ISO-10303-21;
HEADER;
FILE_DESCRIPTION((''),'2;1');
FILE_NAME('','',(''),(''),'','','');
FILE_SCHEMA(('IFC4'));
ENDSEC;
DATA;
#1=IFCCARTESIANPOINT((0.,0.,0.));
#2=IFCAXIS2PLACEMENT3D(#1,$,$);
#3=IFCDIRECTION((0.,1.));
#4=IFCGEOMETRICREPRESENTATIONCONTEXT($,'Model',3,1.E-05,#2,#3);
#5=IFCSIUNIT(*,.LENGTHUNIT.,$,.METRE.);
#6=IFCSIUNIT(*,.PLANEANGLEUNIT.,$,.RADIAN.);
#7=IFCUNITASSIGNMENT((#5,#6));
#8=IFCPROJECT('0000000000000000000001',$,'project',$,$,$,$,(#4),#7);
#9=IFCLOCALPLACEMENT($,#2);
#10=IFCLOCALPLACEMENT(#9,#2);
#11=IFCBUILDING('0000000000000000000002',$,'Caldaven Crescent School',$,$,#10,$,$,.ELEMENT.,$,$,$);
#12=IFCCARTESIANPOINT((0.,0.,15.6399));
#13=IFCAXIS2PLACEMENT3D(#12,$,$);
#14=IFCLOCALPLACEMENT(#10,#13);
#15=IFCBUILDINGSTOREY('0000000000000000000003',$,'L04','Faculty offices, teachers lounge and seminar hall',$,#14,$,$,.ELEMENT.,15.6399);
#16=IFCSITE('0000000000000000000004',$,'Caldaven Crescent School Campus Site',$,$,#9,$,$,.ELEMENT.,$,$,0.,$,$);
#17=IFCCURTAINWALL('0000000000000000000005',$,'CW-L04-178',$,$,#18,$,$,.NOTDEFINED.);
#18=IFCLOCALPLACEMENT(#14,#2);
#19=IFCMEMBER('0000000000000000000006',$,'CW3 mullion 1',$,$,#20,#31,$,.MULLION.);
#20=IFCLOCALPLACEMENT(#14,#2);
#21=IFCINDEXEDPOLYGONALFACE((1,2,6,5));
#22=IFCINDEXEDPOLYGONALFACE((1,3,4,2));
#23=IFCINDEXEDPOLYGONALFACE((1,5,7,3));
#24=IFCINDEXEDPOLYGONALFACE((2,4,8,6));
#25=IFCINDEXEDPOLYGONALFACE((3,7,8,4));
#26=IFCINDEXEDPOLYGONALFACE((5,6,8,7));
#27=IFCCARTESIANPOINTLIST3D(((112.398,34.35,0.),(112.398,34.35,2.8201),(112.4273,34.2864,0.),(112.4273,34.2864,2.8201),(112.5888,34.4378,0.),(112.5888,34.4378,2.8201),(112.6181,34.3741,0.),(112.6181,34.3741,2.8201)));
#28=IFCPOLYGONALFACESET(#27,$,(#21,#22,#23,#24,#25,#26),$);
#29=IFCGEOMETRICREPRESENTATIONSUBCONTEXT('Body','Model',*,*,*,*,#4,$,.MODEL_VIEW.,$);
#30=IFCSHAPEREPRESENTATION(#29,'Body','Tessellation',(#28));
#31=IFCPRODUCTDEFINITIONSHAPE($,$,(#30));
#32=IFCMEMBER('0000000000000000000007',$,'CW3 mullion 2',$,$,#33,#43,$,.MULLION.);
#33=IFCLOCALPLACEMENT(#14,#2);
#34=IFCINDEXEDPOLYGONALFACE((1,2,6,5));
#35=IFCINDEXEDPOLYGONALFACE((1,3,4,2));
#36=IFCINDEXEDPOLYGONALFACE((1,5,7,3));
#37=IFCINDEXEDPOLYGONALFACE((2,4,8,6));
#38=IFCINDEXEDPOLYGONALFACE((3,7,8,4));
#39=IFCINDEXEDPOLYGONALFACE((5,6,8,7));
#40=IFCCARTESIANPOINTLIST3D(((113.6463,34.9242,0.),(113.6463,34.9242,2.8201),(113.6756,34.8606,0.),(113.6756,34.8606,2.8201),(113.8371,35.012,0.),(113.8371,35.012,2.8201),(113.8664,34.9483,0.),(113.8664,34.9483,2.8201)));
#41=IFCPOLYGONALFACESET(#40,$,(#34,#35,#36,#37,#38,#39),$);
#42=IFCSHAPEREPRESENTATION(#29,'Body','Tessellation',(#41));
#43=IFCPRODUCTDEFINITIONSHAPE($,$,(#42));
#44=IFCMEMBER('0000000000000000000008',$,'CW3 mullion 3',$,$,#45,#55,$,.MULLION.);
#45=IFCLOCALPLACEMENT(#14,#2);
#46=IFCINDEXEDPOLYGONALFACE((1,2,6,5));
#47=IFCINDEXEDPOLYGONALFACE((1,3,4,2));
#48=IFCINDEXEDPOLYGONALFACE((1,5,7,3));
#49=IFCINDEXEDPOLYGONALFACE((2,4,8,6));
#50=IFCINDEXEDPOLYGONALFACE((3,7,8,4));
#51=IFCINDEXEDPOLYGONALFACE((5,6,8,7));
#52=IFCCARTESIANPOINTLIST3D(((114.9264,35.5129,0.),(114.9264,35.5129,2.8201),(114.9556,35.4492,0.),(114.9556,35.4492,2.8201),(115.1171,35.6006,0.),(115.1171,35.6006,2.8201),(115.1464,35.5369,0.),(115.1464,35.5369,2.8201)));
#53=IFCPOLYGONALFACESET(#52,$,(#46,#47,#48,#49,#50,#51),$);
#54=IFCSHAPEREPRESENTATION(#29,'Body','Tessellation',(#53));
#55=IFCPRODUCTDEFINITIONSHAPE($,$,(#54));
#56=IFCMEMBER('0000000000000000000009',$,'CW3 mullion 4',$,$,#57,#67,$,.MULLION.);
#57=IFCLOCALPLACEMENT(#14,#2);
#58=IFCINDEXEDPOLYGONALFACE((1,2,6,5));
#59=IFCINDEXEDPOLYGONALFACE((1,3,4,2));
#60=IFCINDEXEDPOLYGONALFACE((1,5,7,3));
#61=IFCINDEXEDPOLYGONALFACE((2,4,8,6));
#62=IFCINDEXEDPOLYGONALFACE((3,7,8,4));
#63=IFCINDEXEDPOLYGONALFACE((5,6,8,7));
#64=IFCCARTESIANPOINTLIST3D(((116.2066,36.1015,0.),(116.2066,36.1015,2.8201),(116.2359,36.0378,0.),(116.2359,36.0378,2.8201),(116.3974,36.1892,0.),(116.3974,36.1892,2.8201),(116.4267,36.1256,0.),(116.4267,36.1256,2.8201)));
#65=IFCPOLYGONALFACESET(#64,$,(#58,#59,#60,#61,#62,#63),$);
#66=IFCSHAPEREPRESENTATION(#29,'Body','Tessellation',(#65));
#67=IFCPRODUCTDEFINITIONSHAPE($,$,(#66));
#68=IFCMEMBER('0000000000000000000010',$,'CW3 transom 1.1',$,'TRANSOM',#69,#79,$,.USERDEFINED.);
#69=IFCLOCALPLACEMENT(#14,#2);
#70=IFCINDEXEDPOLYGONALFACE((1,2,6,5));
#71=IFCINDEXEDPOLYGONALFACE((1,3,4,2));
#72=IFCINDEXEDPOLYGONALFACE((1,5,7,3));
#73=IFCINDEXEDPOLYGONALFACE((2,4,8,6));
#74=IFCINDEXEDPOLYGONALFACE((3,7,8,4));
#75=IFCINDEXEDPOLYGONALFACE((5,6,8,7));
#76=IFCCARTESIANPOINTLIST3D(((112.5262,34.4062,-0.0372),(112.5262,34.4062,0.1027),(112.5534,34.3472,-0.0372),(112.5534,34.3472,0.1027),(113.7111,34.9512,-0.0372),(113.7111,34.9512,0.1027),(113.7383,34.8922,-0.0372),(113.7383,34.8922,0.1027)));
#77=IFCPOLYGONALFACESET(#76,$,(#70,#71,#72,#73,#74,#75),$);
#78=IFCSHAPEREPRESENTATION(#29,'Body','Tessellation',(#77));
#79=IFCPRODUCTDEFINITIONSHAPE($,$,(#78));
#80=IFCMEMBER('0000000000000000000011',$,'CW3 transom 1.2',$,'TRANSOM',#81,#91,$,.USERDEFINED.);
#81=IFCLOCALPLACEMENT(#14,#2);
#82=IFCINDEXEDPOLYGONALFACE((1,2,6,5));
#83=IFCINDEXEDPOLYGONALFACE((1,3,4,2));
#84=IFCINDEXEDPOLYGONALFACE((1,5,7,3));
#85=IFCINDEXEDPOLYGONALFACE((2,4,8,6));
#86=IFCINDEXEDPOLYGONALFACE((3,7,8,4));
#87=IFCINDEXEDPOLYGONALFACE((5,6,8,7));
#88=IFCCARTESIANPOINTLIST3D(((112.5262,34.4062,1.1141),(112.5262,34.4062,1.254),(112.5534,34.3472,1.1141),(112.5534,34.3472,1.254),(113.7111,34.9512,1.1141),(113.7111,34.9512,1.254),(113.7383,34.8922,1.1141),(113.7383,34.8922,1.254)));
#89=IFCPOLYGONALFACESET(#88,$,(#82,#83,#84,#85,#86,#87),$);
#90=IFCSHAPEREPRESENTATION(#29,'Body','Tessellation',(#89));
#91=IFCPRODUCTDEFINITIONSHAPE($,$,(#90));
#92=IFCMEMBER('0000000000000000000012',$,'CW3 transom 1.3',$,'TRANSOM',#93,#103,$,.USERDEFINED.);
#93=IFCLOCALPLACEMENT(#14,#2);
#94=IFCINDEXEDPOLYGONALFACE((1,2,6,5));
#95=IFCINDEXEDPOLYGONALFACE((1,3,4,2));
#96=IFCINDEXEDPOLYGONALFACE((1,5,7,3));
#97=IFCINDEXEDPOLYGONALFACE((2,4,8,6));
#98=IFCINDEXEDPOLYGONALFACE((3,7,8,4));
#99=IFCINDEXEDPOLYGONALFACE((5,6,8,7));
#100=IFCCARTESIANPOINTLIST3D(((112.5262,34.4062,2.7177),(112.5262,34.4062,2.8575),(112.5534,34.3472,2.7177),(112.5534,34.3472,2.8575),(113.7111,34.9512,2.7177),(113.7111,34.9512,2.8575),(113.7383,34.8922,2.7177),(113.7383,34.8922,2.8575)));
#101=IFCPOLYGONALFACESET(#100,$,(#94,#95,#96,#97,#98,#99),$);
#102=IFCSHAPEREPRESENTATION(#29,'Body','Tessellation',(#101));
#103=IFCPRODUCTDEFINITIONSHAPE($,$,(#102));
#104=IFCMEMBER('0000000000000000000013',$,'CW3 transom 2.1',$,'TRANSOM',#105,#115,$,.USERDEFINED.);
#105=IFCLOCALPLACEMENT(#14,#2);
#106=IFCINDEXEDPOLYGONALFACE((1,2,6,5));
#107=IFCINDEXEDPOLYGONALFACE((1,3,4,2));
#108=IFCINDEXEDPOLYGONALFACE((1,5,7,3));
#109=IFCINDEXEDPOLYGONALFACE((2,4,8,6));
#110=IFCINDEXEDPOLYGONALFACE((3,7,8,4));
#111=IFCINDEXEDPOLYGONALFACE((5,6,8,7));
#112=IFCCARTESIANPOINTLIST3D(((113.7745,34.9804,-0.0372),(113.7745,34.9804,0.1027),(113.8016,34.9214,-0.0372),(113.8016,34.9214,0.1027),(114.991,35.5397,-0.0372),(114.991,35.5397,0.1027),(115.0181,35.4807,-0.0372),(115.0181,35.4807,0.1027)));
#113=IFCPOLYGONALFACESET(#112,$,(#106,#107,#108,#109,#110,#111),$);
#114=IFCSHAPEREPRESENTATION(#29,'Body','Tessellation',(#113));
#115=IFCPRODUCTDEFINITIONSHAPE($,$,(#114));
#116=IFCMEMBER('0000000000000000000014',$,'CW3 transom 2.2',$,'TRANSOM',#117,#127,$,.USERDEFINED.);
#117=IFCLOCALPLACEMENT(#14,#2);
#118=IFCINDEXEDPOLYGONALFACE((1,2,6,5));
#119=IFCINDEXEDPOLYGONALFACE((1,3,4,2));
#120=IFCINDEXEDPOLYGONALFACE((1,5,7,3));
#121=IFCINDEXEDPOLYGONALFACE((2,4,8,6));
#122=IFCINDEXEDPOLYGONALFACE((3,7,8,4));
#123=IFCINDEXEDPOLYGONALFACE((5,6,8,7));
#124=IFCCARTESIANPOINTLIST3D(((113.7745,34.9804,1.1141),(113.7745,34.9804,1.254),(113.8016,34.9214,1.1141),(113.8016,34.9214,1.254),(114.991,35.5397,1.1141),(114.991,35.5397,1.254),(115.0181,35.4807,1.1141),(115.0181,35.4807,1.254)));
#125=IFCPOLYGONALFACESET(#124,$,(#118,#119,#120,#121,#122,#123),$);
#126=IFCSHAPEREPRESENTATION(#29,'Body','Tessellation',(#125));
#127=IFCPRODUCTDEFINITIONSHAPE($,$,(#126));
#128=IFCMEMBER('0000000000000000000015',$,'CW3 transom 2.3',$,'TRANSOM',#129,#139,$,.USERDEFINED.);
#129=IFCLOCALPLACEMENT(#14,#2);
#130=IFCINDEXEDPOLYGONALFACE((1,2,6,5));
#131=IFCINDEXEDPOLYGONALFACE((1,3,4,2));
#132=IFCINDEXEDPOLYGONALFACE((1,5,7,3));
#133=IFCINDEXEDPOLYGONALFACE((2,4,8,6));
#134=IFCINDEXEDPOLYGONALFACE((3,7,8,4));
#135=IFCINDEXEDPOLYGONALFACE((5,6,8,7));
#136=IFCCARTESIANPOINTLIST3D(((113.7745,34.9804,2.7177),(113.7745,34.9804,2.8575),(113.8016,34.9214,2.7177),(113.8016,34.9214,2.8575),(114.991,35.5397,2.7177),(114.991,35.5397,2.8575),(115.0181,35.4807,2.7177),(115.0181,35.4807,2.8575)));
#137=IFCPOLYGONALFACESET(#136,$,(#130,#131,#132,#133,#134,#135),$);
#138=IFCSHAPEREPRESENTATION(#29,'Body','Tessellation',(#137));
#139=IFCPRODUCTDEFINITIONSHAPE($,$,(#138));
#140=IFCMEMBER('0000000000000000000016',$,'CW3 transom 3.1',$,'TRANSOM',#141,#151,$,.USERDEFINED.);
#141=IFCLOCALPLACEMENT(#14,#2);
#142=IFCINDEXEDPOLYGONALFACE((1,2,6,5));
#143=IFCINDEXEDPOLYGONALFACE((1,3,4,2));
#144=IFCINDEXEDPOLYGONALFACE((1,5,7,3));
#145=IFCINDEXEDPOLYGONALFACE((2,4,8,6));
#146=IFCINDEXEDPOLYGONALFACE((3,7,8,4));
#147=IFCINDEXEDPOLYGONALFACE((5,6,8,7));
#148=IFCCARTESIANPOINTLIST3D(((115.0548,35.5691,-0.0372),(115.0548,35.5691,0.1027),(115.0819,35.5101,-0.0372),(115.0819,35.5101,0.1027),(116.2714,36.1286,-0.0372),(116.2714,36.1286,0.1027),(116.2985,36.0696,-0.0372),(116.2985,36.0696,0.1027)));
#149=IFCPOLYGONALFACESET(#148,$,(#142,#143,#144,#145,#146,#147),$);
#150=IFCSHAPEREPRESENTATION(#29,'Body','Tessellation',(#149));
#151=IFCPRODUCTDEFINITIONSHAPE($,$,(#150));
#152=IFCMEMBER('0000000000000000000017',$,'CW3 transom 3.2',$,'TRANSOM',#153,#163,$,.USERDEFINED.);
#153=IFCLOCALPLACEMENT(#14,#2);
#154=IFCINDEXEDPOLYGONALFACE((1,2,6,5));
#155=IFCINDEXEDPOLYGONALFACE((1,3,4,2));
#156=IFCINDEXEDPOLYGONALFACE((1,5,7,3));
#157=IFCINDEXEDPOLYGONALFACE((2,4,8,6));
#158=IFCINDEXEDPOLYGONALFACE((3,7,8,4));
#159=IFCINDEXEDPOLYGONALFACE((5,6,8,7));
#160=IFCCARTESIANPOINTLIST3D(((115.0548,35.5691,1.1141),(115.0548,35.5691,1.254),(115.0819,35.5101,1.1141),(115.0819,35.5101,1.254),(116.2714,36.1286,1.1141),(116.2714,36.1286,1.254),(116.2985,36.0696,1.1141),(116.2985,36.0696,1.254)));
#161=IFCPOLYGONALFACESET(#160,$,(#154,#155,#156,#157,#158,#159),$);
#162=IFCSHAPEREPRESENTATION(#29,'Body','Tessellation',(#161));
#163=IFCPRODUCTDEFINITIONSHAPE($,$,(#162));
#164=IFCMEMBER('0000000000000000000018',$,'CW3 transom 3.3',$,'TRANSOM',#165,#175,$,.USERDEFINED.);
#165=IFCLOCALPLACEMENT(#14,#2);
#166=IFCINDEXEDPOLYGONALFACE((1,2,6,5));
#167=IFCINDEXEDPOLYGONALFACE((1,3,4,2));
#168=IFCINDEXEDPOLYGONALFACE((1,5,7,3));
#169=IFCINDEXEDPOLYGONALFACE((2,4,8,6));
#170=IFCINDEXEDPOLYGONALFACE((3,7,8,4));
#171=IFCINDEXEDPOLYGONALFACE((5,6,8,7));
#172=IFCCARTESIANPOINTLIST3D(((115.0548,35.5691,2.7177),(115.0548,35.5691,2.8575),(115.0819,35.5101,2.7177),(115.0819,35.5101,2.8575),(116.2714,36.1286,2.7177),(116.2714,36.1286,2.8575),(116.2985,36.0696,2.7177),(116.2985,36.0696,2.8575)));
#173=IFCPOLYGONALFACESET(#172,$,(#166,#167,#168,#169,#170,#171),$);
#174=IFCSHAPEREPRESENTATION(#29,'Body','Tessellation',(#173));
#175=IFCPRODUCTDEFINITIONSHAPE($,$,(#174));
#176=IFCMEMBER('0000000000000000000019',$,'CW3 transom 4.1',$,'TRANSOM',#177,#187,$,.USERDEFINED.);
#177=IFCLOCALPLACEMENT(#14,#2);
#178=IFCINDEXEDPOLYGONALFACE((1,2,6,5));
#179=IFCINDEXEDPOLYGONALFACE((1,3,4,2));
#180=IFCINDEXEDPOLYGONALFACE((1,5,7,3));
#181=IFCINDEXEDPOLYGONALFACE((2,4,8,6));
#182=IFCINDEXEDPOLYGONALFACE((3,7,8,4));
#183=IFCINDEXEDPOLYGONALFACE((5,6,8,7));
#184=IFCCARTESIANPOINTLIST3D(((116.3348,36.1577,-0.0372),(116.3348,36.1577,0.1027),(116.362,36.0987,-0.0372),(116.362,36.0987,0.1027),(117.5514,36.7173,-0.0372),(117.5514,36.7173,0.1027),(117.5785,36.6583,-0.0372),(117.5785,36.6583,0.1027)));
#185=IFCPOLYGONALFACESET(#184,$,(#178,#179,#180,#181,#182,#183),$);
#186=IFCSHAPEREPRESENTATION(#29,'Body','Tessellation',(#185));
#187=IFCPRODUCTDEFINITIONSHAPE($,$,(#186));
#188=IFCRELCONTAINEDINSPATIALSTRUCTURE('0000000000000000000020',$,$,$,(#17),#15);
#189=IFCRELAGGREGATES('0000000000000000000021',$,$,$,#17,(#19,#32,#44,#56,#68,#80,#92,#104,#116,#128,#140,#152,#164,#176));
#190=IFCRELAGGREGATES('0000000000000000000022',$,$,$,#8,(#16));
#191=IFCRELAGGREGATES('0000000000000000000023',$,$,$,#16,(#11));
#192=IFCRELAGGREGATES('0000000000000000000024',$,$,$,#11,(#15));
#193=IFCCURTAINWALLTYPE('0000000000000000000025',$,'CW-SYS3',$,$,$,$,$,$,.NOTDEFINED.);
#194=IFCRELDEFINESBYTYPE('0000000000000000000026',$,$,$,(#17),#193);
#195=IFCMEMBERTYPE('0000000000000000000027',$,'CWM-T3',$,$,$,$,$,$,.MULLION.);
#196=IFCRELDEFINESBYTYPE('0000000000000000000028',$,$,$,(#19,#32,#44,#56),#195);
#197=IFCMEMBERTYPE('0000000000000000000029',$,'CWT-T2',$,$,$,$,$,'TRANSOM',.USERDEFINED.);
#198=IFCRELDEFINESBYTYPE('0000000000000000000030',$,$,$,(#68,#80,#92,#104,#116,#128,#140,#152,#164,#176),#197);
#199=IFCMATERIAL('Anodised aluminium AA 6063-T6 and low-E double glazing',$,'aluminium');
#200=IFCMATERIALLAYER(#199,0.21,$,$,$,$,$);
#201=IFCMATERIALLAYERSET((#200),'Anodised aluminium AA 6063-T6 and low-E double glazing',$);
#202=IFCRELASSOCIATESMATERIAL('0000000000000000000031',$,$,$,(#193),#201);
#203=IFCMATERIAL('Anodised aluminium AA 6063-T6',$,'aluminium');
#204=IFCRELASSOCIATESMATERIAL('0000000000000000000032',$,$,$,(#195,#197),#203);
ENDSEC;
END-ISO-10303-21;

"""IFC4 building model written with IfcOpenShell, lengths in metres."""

from ifc_helpers import new_model, si_unit, direction, frame, origin, origin_2d, place, context, subcontext, project, spatial, rectangle, extrude, material, layer, layer_set, material_profile, profile_set, type_object, element, aggregate, save


model = new_model("IFC4")

# Units and contexts
model_context = context("Model", 3, precision=1e-05, world=origin(), true_north=direction((0.0, 1.0)))
body_context = subcontext(model_context, "Body", "Model", "MODEL_VIEW")
ifc_project = project(units=[si_unit("LENGTHUNIT", "METRE"), si_unit("PLANEANGLEUNIT", "RADIAN")], contexts=[model_context])

# Site, building, storey
site_placement = place(None, origin())
site = spatial("IfcSite", under=ifc_project, at=site_placement, Name="Caldaven Crescent School Campus Site", CompositionType="ELEMENT", RefElevation=0.0)
building_placement = place(site_placement, origin())
building = spatial("IfcBuilding", under=site, at=building_placement, Name="Caldaven Crescent School", CompositionType="ELEMENT")
storey_placement = place(building_placement, frame((0.0, 0.0, 15.6399)))
storey = spatial("IfcBuildingStorey", under=building, at=storey_placement, Name="L04", Description="Faculty offices, teachers lounge and seminar hall", CompositionType="ELEMENT", Elevation=15.6399)

# Curtain wall, members
ifc_material_1 = material(Name="Anodised aluminium AA 6063-T6 and low-E double glazing", Category="aluminium")
ifc_layer_1 = layer(ifc_material_1, 0.21)
ifc_layer_set_1 = layer_set([ifc_layer_1], Name="Anodised aluminium AA 6063-T6 and low-E double glazing")
curtain_wall_type = type_object("IfcCurtainWallType", Name="CW-SYS3", PredefinedType="NOTDEFINED", material=ifc_layer_set_1)
curtain_wall_placement = place(storey_placement, origin())
curtain_wall = element("IfcCurtainWall", 1, at=curtain_wall_placement, inside=storey, type_object=curtain_wall_type, Name="CW-L04-178", PredefinedType="NOTDEFINED")
ifc_material_2 = material(Name="Anodised aluminium AA 6063-T6", Category="aluminium")
ifc_material_profile_1 = material_profile(ifc_material_2, rectangle(XDim=0.0701, YDim=0.21, at=origin_2d()), Name="CWM 70x210")
ifc_profile_set_1 = profile_set([ifc_material_profile_1], Name="Anodised aluminium AA 6063-T6")
member_type_1 = type_object("IfcMemberType", Name="CWM-T3", PredefinedType="MULLION", material=ifc_profile_set_1)
member_1_placement = place(storey_placement, frame((112.5081, 34.3621, 0.0), z_axis=(0.0, 0.0, 1.0), x_axis=(-0.417823, 0.908528, 0.0)))
member_1 = element("IfcMember", 2, at=member_1_placement, type_object=member_type_1, Name="CW3 mullion 1", PredefinedType="MULLION", context=body_context, shape_type="SweptSolid", body=[
    extrude(rectangle(XDim=0.0701, YDim=0.21, at=origin_2d()), origin(), (0.0, 0.0, 1.0), 2.8201),
])
member_2_placement = place(storey_placement, frame((113.7563, 34.9363, 0.0), z_axis=(0.0, 0.0, 1.0), x_axis=(-0.417823, 0.908528, 0.0)))
member_2 = element("IfcMember", 3, at=member_2_placement, type_object=member_type_1, Name="CW3 mullion 2", PredefinedType="MULLION", context=body_context, shape_type="SweptSolid", body=[
    extrude(rectangle(XDim=0.0701, YDim=0.21, at=origin_2d()), origin(), (0.0, 0.0, 1.0), 2.8201),
])
member_3_placement = place(storey_placement, frame((115.0364, 35.5249, 0.0), z_axis=(0.0, 0.0, 1.0), x_axis=(-0.417823, 0.908528, 0.0)))
member_3 = element("IfcMember", 4, at=member_3_placement, type_object=member_type_1, Name="CW3 mullion 3", PredefinedType="MULLION", context=body_context, shape_type="SweptSolid", body=[
    extrude(rectangle(XDim=0.0701, YDim=0.21, at=origin_2d()), origin(), (0.0, 0.0, 1.0), 2.8201),
])
member_4_placement = place(storey_placement, frame((116.3167, 36.1135, 0.0), z_axis=(0.0, 0.0, 1.0), x_axis=(-0.417823, 0.908528, 0.0)))
member_4 = element("IfcMember", 5, at=member_4_placement, type_object=member_type_1, Name="CW3 mullion 4", PredefinedType="MULLION", context=body_context, shape_type="SweptSolid", body=[
    extrude(rectangle(XDim=0.0701, YDim=0.21, at=origin_2d()), origin(), (0.0, 0.0, 1.0), 2.8201),
])
ifc_material_profile_2 = material_profile(ifc_material_2, rectangle(XDim=0.0649, YDim=0.1399, at=origin_2d()), Name="CWT 65x140")
ifc_profile_set_2 = profile_set([ifc_material_profile_2], Name="Anodised aluminium AA 6063-T6")
member_type_2 = type_object("IfcMemberType", Name="CWT-T2", ElementType="TRANSOM", PredefinedType="USERDEFINED", material=ifc_profile_set_2)
member_5_placement = place(storey_placement, frame((112.5398, 34.3767, 0.0327), z_axis=(0.908517, 0.417847, 0.0), x_axis=(-0.417847, 0.908517, 0.0)))
member_5 = element("IfcMember", 6, at=member_5_placement, type_object=member_type_2, Name="CW3 transom 1.1", ObjectType="TRANSOM", PredefinedType="USERDEFINED", context=body_context, shape_type="SweptSolid", body=[
    extrude(rectangle(XDim=0.0649, YDim=0.1399, at=origin_2d()), origin(), (0.0, 0.0, 1.0), 1.3042),
])
member_6_placement = place(storey_placement, frame((112.5398, 34.3767, 1.1841), z_axis=(0.908517, 0.417847, 0.0), x_axis=(-0.417847, 0.908517, 0.0)))
member_6 = element("IfcMember", 7, at=member_6_placement, type_object=member_type_2, Name="CW3 transom 1.2", ObjectType="TRANSOM", PredefinedType="USERDEFINED", context=body_context, shape_type="SweptSolid", body=[
    extrude(rectangle(XDim=0.0649, YDim=0.1399, at=origin_2d()), origin(), (0.0, 0.0, 1.0), 1.3042),
])
member_7_placement = place(storey_placement, frame((112.5398, 34.3767, 2.7876), z_axis=(0.908517, 0.417847, 0.0), x_axis=(-0.417847, 0.908517, 0.0)))
member_7 = element("IfcMember", 8, at=member_7_placement, type_object=member_type_2, Name="CW3 transom 1.3", ObjectType="TRANSOM", PredefinedType="USERDEFINED", context=body_context, shape_type="SweptSolid", body=[
    extrude(rectangle(XDim=0.0649, YDim=0.1399, at=origin_2d()), origin(), (0.0, 0.0, 1.0), 1.3042),
])
member_8_placement = place(storey_placement, frame((113.7881, 34.9509, 0.0327), z_axis=(0.908572, 0.417728, 0.0), x_axis=(-0.417728, 0.908572, 0.0)))
member_8 = element("IfcMember", 9, at=member_8_placement, type_object=member_type_2, Name="CW3 transom 2.1", ObjectType="TRANSOM", PredefinedType="USERDEFINED", context=body_context, shape_type="SweptSolid", body=[
    extrude(rectangle(XDim=0.0649, YDim=0.1399, at=origin_2d()), origin(), (0.0, 0.0, 1.0), 1.3389),
])
member_9_placement = place(storey_placement, frame((113.7881, 34.9509, 1.1841), z_axis=(0.908572, 0.417728, 0.0), x_axis=(-0.417728, 0.908572, 0.0)))
member_9 = element("IfcMember", 10, at=member_9_placement, type_object=member_type_2, Name="CW3 transom 2.2", ObjectType="TRANSOM", PredefinedType="USERDEFINED", context=body_context, shape_type="SweptSolid", body=[
    extrude(rectangle(XDim=0.0649, YDim=0.1399, at=origin_2d()), origin(), (0.0, 0.0, 1.0), 1.3389),
])
member_10_placement = place(storey_placement, frame((113.7881, 34.9509, 2.7876), z_axis=(0.908572, 0.417728, 0.0), x_axis=(-0.417728, 0.908572, 0.0)))
member_10 = element("IfcMember", 11, at=member_10_placement, type_object=member_type_2, Name="CW3 transom 2.3", ObjectType="TRANSOM", PredefinedType="USERDEFINED", context=body_context, shape_type="SweptSolid", body=[
    extrude(rectangle(XDim=0.0649, YDim=0.1399, at=origin_2d()), origin(), (0.0, 0.0, 1.0), 1.3389),
])
member_11_placement = place(storey_placement, frame((115.0684, 35.5396, 0.0327), z_axis=(0.908503, 0.417879, 0.0), x_axis=(-0.417879, 0.908503, 0.0)))
member_11 = element("IfcMember", 12, at=member_11_placement, type_object=member_type_2, Name="CW3 transom 3.1", ObjectType="TRANSOM", PredefinedType="USERDEFINED", context=body_context, shape_type="SweptSolid", body=[
    extrude(rectangle(XDim=0.0649, YDim=0.1399, at=origin_2d()), origin(), (0.0, 0.0, 1.0), 1.3391),
])
member_12_placement = place(storey_placement, frame((115.0684, 35.5396, 1.1841), z_axis=(0.908503, 0.417879, 0.0), x_axis=(-0.417879, 0.908503, 0.0)))
member_12 = element("IfcMember", 13, at=member_12_placement, type_object=member_type_2, Name="CW3 transom 3.2", ObjectType="TRANSOM", PredefinedType="USERDEFINED", context=body_context, shape_type="SweptSolid", body=[
    extrude(rectangle(XDim=0.0649, YDim=0.1399, at=origin_2d()), origin(), (0.0, 0.0, 1.0), 1.3391),
])
member_13_placement = place(storey_placement, frame((115.0684, 35.5396, 2.7876), z_axis=(0.908503, 0.417879, 0.0), x_axis=(-0.417879, 0.908503, 0.0)))
member_13 = element("IfcMember", 14, at=member_13_placement, type_object=member_type_2, Name="CW3 transom 3.3", ObjectType="TRANSOM", PredefinedType="USERDEFINED", context=body_context, shape_type="SweptSolid", body=[
    extrude(rectangle(XDim=0.0649, YDim=0.1399, at=origin_2d()), origin(), (0.0, 0.0, 1.0), 1.3391),
])
member_14_placement = place(storey_placement, frame((116.3484, 36.1282, 0.0327), z_axis=(0.908503, 0.417879, 0.0), x_axis=(-0.417879, 0.908503, 0.0)))
member_14 = element("IfcMember", 15, at=member_14_placement, type_object=member_type_2, Name="CW3 transom 4.1", ObjectType="TRANSOM", PredefinedType="USERDEFINED", context=body_context, shape_type="SweptSolid", body=[
    extrude(rectangle(XDim=0.0649, YDim=0.1399, at=origin_2d()), origin(), (0.0, 0.0, 1.0), 1.3391),
])

aggregate(curtain_wall, [member_1, member_2, member_3, member_4, member_5, member_6, member_7, member_8, member_9, member_10, member_11, member_12, member_13, member_14])

save(model, "model.ifc")
